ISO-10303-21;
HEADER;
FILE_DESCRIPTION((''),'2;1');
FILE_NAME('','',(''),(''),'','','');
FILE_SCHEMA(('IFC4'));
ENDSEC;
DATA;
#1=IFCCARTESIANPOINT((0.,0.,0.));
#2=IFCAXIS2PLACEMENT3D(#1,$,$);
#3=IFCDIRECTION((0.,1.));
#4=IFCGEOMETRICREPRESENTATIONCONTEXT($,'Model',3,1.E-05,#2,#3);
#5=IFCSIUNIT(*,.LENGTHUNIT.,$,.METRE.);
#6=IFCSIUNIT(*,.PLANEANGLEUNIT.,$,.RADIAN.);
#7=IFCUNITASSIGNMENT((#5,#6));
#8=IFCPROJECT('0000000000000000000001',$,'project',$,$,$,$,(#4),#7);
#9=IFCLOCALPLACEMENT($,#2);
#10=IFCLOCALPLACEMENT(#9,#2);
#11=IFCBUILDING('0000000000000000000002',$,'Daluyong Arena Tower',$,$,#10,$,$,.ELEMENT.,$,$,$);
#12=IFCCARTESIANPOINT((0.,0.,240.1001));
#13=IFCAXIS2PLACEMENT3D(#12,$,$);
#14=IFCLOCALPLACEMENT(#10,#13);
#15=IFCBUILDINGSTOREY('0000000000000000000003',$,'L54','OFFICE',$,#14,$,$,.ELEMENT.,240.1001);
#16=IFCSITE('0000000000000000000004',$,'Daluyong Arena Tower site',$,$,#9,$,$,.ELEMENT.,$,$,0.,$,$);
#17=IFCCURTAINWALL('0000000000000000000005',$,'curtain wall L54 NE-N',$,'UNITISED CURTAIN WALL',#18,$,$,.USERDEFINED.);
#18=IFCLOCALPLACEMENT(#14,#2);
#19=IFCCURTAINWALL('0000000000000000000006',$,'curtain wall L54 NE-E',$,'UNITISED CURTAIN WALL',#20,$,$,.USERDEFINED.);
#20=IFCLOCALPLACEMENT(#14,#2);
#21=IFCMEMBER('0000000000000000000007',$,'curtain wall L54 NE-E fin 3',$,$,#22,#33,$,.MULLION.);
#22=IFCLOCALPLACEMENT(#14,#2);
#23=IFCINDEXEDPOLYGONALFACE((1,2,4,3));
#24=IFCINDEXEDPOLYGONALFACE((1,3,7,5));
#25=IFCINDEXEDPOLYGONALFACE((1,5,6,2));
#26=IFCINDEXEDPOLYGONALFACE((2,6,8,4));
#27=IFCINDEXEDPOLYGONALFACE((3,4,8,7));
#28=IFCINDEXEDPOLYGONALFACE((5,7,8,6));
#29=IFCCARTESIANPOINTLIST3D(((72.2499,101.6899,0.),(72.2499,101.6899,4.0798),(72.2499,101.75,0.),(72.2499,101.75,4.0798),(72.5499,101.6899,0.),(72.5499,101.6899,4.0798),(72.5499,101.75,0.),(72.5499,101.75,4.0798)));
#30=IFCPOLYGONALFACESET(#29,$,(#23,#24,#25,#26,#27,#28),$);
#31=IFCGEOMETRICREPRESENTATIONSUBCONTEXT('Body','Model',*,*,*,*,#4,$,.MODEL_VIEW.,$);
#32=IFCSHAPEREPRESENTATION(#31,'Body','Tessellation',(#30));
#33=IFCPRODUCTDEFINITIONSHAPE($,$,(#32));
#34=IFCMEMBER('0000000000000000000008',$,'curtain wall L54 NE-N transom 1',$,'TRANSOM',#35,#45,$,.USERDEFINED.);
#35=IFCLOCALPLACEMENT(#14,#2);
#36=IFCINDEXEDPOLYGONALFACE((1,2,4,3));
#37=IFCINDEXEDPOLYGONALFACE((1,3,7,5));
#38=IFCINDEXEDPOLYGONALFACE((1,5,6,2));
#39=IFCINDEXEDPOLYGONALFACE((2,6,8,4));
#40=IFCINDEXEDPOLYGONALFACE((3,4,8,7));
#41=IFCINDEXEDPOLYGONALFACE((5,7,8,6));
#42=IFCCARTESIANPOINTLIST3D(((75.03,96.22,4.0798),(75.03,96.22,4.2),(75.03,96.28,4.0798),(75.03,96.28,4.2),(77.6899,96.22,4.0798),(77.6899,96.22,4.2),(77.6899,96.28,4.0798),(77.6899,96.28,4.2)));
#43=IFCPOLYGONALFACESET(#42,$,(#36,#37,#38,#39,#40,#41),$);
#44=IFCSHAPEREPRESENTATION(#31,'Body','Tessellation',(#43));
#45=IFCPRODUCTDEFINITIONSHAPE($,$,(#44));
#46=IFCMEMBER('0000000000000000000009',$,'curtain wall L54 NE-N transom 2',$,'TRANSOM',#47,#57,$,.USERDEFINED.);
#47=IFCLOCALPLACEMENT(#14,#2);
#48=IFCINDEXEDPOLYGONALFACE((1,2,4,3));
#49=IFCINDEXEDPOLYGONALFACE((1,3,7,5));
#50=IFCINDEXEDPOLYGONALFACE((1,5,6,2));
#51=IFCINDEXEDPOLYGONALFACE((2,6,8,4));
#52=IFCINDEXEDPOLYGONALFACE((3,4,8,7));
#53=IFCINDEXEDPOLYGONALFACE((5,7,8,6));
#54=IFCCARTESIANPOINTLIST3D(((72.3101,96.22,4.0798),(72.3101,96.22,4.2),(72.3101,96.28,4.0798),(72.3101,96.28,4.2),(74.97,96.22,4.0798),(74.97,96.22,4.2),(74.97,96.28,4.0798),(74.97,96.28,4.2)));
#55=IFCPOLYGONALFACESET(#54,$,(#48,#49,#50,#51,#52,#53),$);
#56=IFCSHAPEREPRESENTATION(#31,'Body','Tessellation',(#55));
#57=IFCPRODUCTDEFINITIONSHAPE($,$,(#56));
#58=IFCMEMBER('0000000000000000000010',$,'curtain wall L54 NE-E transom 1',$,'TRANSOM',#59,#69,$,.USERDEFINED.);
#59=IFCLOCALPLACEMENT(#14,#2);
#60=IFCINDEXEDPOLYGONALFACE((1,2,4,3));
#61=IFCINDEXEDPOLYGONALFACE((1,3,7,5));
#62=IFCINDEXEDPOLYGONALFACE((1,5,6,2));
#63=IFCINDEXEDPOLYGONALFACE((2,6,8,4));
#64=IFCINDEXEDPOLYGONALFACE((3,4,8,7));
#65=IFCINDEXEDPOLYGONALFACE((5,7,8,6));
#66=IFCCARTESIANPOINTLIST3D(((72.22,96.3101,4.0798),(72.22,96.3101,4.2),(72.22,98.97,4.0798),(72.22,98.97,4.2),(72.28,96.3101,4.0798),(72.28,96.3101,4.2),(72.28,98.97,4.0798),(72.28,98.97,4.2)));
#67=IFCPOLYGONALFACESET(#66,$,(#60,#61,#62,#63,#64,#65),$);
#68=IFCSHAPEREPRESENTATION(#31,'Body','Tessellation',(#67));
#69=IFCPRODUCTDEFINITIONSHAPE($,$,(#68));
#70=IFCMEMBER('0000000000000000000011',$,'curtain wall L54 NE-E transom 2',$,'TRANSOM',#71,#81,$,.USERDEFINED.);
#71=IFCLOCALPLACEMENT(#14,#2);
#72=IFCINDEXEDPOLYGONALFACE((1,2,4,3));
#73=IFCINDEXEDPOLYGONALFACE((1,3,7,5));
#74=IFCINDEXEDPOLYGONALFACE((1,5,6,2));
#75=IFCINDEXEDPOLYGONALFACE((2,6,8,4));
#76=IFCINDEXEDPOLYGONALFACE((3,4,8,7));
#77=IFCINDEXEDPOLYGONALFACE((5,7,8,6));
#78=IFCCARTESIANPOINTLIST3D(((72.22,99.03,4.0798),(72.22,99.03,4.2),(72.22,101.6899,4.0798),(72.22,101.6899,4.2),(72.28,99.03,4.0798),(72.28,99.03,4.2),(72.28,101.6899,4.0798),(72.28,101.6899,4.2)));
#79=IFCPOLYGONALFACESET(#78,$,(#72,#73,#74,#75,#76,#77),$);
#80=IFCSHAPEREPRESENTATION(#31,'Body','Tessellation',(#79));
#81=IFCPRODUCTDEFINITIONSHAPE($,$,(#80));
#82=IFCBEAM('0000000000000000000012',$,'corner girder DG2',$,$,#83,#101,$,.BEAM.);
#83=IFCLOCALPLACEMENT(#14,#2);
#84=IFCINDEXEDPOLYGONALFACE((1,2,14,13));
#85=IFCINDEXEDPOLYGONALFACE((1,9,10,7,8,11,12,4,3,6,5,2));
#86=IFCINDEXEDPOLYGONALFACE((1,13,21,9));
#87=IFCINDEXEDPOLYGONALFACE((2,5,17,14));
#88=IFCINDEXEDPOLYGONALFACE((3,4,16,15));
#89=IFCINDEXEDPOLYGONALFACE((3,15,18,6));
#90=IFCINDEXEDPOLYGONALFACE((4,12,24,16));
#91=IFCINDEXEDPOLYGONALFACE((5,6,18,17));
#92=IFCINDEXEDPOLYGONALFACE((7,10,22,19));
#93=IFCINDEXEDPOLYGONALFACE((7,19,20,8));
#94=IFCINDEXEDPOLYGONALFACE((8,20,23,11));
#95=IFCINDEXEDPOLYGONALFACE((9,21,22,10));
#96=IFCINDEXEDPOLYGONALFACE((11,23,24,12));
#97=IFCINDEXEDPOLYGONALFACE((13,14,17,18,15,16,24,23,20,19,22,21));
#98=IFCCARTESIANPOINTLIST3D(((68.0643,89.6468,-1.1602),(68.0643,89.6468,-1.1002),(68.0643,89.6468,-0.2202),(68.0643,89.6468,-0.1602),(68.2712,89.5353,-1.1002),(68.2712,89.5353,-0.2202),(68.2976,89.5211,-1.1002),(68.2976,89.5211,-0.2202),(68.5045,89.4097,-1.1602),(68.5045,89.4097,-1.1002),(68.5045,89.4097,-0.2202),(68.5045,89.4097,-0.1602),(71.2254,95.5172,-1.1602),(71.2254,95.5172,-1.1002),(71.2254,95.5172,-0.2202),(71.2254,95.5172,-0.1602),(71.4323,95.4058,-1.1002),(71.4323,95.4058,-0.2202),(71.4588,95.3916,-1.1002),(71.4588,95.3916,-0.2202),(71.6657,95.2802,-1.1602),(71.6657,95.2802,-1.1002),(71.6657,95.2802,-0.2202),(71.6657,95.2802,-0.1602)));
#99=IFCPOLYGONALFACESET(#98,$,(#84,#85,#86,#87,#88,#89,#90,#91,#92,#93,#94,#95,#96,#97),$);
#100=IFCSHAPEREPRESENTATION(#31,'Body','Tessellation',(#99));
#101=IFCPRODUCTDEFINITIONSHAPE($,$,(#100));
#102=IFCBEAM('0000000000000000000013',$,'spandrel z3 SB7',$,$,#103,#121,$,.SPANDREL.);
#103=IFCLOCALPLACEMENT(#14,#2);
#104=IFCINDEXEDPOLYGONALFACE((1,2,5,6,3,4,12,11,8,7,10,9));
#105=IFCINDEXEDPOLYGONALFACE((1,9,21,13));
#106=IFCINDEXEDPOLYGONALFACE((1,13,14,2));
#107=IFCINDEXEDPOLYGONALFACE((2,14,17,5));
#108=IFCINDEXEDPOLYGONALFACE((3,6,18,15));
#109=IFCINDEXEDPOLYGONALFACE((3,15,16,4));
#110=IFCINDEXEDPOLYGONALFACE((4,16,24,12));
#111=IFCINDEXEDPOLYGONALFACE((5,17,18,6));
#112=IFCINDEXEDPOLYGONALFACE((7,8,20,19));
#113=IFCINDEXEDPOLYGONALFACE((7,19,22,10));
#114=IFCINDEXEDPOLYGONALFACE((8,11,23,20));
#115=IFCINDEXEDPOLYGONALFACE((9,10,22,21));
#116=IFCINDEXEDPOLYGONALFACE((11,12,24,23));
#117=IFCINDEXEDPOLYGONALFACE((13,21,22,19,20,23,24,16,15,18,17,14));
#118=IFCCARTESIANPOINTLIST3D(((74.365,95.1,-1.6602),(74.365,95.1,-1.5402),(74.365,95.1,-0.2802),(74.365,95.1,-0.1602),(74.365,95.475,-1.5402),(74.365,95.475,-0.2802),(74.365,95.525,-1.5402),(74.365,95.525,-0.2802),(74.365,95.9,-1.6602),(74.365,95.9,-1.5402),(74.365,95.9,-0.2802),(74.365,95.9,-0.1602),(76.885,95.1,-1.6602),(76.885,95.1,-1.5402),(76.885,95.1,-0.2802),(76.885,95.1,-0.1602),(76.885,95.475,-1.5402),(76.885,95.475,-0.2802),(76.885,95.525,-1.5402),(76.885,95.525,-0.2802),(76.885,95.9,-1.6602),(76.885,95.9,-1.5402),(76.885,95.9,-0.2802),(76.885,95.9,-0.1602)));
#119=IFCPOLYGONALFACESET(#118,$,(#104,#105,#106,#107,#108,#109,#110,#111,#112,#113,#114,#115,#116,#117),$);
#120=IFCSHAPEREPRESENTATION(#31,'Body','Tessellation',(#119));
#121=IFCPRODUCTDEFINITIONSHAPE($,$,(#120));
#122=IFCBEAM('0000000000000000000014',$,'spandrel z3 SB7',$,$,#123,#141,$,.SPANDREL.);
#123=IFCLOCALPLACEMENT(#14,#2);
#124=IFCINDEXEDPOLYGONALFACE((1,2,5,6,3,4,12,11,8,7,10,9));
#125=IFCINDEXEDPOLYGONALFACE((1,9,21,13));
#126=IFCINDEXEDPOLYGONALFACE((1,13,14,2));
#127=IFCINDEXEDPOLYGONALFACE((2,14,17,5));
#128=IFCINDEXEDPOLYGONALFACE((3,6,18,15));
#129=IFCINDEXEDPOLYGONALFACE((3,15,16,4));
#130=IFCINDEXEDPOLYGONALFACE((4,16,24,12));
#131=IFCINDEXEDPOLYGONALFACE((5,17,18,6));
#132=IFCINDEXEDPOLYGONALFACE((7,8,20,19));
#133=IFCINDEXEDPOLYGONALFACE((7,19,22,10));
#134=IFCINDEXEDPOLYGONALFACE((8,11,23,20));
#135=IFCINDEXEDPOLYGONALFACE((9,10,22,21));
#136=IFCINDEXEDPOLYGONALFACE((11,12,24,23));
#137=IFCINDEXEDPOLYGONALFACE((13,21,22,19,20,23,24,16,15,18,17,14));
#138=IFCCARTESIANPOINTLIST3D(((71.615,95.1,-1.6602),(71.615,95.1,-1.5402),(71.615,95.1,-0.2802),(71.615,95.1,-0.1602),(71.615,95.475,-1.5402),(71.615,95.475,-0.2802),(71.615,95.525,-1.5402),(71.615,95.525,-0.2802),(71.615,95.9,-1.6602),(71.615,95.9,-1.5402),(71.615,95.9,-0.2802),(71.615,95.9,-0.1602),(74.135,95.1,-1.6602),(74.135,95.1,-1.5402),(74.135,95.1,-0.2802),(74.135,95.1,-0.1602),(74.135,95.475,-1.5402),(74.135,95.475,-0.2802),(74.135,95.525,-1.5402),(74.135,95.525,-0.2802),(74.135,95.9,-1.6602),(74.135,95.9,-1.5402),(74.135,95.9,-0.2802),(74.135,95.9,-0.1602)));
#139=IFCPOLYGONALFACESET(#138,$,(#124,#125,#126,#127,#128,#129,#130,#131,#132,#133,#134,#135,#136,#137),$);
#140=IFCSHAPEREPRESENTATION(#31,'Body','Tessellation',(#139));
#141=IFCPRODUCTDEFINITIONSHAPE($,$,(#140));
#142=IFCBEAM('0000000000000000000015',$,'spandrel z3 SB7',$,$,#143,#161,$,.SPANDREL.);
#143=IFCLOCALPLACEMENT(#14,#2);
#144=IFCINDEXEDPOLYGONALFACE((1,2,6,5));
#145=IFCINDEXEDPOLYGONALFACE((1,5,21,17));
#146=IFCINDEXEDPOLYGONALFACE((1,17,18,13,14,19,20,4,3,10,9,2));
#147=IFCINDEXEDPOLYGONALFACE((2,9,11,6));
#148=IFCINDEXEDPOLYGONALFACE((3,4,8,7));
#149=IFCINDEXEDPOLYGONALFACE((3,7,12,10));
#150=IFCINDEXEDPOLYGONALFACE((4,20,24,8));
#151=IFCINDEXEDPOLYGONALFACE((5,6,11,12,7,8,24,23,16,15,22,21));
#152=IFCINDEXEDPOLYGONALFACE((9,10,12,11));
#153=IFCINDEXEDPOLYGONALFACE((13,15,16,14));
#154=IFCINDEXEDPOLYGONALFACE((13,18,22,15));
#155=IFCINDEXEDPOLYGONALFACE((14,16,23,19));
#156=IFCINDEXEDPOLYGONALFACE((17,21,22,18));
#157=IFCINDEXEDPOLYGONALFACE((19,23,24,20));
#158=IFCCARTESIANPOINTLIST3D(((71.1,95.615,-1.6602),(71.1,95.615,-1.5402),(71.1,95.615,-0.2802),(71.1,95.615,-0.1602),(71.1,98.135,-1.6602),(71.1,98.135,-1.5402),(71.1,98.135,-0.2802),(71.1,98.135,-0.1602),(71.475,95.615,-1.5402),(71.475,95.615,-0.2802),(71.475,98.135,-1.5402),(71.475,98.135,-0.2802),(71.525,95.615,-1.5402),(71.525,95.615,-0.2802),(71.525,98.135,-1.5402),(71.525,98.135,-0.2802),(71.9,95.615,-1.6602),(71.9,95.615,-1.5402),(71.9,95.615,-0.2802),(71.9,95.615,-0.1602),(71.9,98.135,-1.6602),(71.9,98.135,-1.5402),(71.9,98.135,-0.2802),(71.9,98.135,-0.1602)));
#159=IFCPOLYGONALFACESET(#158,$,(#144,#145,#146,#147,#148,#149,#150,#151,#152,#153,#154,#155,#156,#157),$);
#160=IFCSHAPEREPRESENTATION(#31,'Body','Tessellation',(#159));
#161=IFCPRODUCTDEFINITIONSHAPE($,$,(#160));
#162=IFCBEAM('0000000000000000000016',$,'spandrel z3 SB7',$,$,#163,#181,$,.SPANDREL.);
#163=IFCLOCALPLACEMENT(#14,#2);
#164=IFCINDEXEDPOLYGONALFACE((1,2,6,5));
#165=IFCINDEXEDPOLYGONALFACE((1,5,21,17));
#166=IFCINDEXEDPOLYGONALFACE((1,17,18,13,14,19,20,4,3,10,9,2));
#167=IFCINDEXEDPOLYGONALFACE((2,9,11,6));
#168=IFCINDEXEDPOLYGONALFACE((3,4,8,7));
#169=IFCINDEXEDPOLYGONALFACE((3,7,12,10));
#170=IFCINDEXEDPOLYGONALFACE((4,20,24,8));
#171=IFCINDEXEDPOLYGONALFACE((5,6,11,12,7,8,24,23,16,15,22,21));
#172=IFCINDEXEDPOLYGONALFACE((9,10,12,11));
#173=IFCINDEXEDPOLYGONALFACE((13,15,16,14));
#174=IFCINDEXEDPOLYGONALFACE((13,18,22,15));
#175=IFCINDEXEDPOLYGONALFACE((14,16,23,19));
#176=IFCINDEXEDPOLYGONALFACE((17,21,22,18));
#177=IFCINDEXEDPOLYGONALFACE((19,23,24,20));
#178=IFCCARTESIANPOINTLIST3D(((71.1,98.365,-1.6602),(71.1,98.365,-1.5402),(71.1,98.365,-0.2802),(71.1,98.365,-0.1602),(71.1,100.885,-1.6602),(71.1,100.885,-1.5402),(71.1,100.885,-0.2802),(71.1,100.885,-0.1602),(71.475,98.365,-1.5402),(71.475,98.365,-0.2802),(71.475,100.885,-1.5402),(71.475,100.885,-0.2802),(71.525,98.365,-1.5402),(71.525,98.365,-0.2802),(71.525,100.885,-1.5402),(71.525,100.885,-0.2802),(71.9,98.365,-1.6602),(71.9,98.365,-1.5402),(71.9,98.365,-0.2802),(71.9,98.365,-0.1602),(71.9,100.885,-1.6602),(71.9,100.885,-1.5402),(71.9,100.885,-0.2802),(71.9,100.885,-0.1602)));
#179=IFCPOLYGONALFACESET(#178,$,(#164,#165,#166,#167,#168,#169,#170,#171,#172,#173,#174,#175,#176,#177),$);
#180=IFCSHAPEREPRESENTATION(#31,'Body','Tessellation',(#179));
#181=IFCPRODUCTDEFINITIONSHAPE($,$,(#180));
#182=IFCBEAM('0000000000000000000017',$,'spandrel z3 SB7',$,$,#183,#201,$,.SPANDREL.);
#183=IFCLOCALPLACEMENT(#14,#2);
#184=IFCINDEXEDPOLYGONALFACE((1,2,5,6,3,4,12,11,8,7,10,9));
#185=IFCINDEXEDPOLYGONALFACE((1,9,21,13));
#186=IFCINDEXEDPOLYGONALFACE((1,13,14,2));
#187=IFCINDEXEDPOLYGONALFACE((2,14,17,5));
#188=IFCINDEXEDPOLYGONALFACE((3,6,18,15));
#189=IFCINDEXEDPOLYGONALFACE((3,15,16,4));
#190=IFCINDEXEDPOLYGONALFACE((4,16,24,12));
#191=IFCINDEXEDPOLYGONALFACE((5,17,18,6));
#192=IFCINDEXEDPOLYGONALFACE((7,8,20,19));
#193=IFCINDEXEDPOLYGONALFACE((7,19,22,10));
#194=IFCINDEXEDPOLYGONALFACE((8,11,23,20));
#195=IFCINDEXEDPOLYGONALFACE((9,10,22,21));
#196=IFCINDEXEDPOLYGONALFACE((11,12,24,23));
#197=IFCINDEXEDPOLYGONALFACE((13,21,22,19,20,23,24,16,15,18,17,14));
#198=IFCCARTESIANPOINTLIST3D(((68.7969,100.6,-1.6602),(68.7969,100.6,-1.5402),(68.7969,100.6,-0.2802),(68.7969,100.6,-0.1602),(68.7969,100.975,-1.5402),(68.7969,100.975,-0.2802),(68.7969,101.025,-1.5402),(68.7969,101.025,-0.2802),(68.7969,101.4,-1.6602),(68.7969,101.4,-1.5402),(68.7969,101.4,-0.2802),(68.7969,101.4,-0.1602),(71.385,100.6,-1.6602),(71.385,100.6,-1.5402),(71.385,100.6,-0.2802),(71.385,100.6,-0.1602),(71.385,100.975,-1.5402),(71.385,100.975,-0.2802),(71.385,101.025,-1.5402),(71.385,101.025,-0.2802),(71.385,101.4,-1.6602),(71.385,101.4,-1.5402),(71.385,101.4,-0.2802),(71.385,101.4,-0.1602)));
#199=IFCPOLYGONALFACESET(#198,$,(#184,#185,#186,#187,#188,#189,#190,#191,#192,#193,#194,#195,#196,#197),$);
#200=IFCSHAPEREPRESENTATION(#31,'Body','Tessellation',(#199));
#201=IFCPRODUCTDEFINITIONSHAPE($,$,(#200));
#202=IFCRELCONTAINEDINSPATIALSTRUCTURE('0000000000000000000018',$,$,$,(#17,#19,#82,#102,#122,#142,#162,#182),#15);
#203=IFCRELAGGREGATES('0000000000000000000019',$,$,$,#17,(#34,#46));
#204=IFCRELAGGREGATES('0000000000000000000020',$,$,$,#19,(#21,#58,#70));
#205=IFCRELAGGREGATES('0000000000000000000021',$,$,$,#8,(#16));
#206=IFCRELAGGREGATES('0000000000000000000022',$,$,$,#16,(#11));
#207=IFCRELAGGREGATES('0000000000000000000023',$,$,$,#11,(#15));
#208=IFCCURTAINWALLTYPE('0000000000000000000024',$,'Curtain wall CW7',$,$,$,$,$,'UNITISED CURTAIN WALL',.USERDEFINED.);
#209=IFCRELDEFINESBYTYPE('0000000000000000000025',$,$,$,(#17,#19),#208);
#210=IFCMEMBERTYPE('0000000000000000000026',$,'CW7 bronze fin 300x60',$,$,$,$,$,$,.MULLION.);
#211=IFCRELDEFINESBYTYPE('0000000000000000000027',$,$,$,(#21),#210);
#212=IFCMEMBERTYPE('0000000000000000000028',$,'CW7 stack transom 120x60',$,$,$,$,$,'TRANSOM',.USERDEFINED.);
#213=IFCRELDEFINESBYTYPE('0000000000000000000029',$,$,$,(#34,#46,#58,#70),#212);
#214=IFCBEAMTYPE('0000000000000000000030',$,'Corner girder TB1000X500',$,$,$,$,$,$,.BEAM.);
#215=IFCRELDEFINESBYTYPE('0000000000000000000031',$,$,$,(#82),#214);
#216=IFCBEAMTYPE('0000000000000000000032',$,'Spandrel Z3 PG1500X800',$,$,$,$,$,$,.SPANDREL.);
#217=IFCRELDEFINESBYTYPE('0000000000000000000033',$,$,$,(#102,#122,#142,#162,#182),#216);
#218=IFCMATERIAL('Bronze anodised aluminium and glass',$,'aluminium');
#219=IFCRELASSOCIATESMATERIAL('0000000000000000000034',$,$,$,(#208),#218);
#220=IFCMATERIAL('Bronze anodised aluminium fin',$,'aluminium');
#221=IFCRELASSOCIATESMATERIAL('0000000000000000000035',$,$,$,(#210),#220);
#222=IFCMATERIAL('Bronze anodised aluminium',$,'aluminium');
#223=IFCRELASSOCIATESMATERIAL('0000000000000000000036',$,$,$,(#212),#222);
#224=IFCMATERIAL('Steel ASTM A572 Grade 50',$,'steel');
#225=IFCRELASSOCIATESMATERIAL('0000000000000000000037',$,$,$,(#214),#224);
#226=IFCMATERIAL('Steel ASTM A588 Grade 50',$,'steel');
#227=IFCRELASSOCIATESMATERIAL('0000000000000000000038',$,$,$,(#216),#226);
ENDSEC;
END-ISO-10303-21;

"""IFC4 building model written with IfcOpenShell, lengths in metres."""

from ifc_helpers import new_model, si_unit, direction, frame, origin, origin_2d, place, context, subcontext, project, spatial, rectangle, i_section, extrude, material, material_profile, profile_set, type_object, element, aggregate, save


model = new_model("IFC4")

# Units and contexts
model_context = context("Model", 3, precision=1e-05, world=origin(), true_north=direction((0.0, 1.0)))
body_context = subcontext(model_context, "Body", "Model", "MODEL_VIEW")
ifc_project = project(units=[si_unit("LENGTHUNIT", "METRE"), si_unit("PLANEANGLEUNIT", "RADIAN")], contexts=[model_context])

# Site, building, storey
site_placement = place(None, origin())
site = spatial("IfcSite", under=ifc_project, at=site_placement, Name="Daluyong Arena Tower site", CompositionType="ELEMENT", RefElevation=0.0)
building_placement = place(site_placement, origin())
building = spatial("IfcBuilding", under=site, at=building_placement, Name="Daluyong Arena Tower", CompositionType="ELEMENT")
storey_placement = place(building_placement, frame((0.0, 0.0, 240.1001)))
storey = spatial("IfcBuildingStorey", under=building, at=storey_placement, Name="L54", Description="OFFICE", CompositionType="ELEMENT", Elevation=240.1001)

# Curtain walls, member
ifc_material_1 = material(Name="Bronze anodised aluminium and glass", Category="aluminium")
curtain_wall_type_1 = type_object("IfcCurtainWallType", Name="Curtain wall CW7", ElementType="UNITISED CURTAIN WALL", PredefinedType="USERDEFINED", material=ifc_material_1)
curtain_wall_1_placement = place(storey_placement, origin())
curtain_wall_1 = element("IfcCurtainWall", 1, at=curtain_wall_1_placement, inside=storey, type_object=curtain_wall_type_1, Name="curtain wall L54 NE-N", ObjectType="UNITISED CURTAIN WALL", PredefinedType="USERDEFINED")
ifc_material_2 = material(Name="Bronze anodised aluminium fin", Category="aluminium")
ifc_material_profile_1 = material_profile(ifc_material_2, rectangle(XDim=0.3, YDim=0.0601, at=origin_2d()))
ifc_profile_set_1 = profile_set([ifc_material_profile_1], Name="Bronze anodised aluminium fin")
member_type_1 = type_object("IfcMemberType", Name="CW7 bronze fin 300x60", PredefinedType="MULLION", material=ifc_profile_set_1)
curtain_wall_2_placement = place(storey_placement, origin())
curtain_wall_2 = element("IfcCurtainWall", 2, at=curtain_wall_2_placement, inside=storey, type_object=curtain_wall_type_1, Name="curtain wall L54 NE-E", ObjectType="UNITISED CURTAIN WALL", PredefinedType="USERDEFINED")
member_1_placement = place(storey_placement, frame((72.3999, 101.72, 0.0), z_axis=(0.0, 0.0, 1.0), x_axis=(-1.0, 0.0, 0.0)))
member_1 = element("IfcMember", 3, at=member_1_placement, type_object=member_type_1, Name="curtain wall L54 NE-E fin 3", PredefinedType="MULLION", context=body_context, shape_type="SweptSolid", body=[
    extrude(rectangle(XDim=0.3, YDim=0.0601, at=origin_2d()), origin(), (0.0, 0.0, 1.0), 4.0798),
])

# Members
ifc_material_3 = material(Name="Bronze anodised aluminium", Category="aluminium")
ifc_material_profile_2 = material_profile(ifc_material_3, rectangle(XDim=0.0601, YDim=0.1201, at=origin_2d()))
ifc_profile_set_2 = profile_set([ifc_material_profile_2], Name="Bronze anodised aluminium")
member_type_2 = type_object("IfcMemberType", Name="CW7 stack transom 120x60", ElementType="TRANSOM", PredefinedType="USERDEFINED", material=ifc_profile_set_2)
member_2_placement = place(storey_placement, frame((77.6899, 96.25, 4.1399), z_axis=(-1.0, 0.0, 0.0), x_axis=(0.0, -1.0, 0.0)))
member_2 = element("IfcMember", 4, at=member_2_placement, type_object=member_type_2, Name="curtain wall L54 NE-N transom 1", ObjectType="TRANSOM", PredefinedType="USERDEFINED", context=body_context, shape_type="SweptSolid", body=[
    extrude(rectangle(XDim=0.0601, YDim=0.1201, at=origin_2d()), origin(), (0.0, 0.0, 1.0), 2.6599),
])
member_3_placement = place(storey_placement, frame((74.97, 96.25, 4.1399), z_axis=(-1.0, 0.0, 0.0), x_axis=(0.0, -1.0, 0.0)))
member_3 = element("IfcMember", 5, at=member_3_placement, type_object=member_type_2, Name="curtain wall L54 NE-N transom 2", ObjectType="TRANSOM", PredefinedType="USERDEFINED", context=body_context, shape_type="SweptSolid", body=[
    extrude(rectangle(XDim=0.0601, YDim=0.1201, at=origin_2d()), origin(), (0.0, 0.0, 1.0), 2.6599),
])
member_4_placement = place(storey_placement, frame((72.25, 96.3101, 4.1399), z_axis=(0.0, 1.0, 0.0), x_axis=(-1.0, 0.0, 0.0)))
member_4 = element("IfcMember", 6, at=member_4_placement, type_object=member_type_2, Name="curtain wall L54 NE-E transom 1", ObjectType="TRANSOM", PredefinedType="USERDEFINED", context=body_context, shape_type="SweptSolid", body=[
    extrude(rectangle(XDim=0.0601, YDim=0.1201, at=origin_2d()), origin(), (0.0, 0.0, 1.0), 2.6599),
])
member_5_placement = place(storey_placement, frame((72.25, 99.03, 4.1399), z_axis=(0.0, 1.0, 0.0), x_axis=(-1.0, 0.0, 0.0)))
member_5 = element("IfcMember", 7, at=member_5_placement, type_object=member_type_2, Name="curtain wall L54 NE-E transom 2", ObjectType="TRANSOM", PredefinedType="USERDEFINED", context=body_context, shape_type="SweptSolid", body=[
    extrude(rectangle(XDim=0.0601, YDim=0.1201, at=origin_2d()), origin(), (0.0, 0.0, 1.0), 2.6599),
])

# Beams
ifc_material_4 = material(Name="Steel ASTM A572 Grade 50", Category="steel")
ifc_material_profile_3 = material_profile(ifc_material_4, i_section(OverallWidth=0.5, OverallDepth=1.0, WebThickness=0.03, FlangeThickness=0.06, at=origin_2d()))
ifc_profile_set_3 = profile_set([ifc_material_profile_3], Name="Steel ASTM A572 Grade 50")
beam_type_1 = type_object("IfcBeamType", Name="Corner girder TB1000X500", PredefinedType="BEAM", material=ifc_profile_set_3)
beam_1_placement = place(storey_placement, frame((71.4456, 95.3987, -0.6602), z_axis=(-0.474119, -0.880461, 0.0), x_axis=(0.880461, -0.474119, 0.0)))
element("IfcBeam", 8, at=beam_1_placement, inside=storey, type_object=beam_type_1, Name="corner girder DG2", PredefinedType="BEAM", context=body_context, shape_type="SweptSolid", body=[
    extrude(i_section(OverallWidth=0.5, OverallDepth=1.0, WebThickness=0.03, FlangeThickness=0.06, at=origin_2d()), origin(), (0.0, 0.0, 1.0), 6.6675),
])
ifc_material_5 = material(Name="Steel ASTM A588 Grade 50", Category="steel")
ifc_material_profile_4 = material_profile(ifc_material_5, i_section(OverallWidth=0.8, OverallDepth=1.5, WebThickness=0.05, FlangeThickness=0.12, at=origin_2d()))
ifc_profile_set_4 = profile_set([ifc_material_profile_4], Name="Steel ASTM A588 Grade 50")
beam_type_2 = type_object("IfcBeamType", Name="Spandrel Z3 PG1500X800", PredefinedType="SPANDREL", material=ifc_profile_set_4)
for number, where, z_axis, x_axis, name in (
    (9, (76.885, 95.5, -0.9102), (-1.0, 0.0, 0.0), (0.0, -1.0, 0.0), "spandrel z3 SB7"),
    (10, (74.135, 95.5, -0.9102), (-1.0, 0.0, 0.0), (0.0, -1.0, 0.0), "spandrel z3 SB7"),
    (11, (71.5, 95.615, -0.9102), (0.0, 1.0, 0.0), (-1.0, 0.0, 0.0), "spandrel z3 SB7"),
    (12, (71.5, 98.365, -0.9102), (0.0, 1.0, 0.0), (-1.0, 0.0, 0.0), "spandrel z3 SB7"),
):
    element("IfcBeam", number, at=place(storey_placement, frame(where, z_axis=z_axis, x_axis=x_axis)), inside=storey, type_object=beam_type_2, Name=name, PredefinedType="SPANDREL", context=body_context, shape_type="SweptSolid", body=[
        extrude(i_section(OverallWidth=0.8, OverallDepth=1.5, WebThickness=0.05, FlangeThickness=0.12, at=origin_2d()), origin(), (0.0, 0.0, 1.0), 2.52),
    ])
beam_2_placement = place(storey_placement, frame((71.385, 101.0, -0.9102), z_axis=(-1.0, 0.0, 0.0), x_axis=(0.0, -1.0, 0.0)))
element("IfcBeam", 13, at=beam_2_placement, inside=storey, type_object=beam_type_2, Name="spandrel z3 SB7", PredefinedType="SPANDREL", context=body_context, shape_type="SweptSolid", body=[
    extrude(i_section(OverallWidth=0.8, OverallDepth=1.5, WebThickness=0.05, FlangeThickness=0.12, at=origin_2d()), origin(), (0.0, 0.0, 1.0), 2.5881),
])

aggregate(curtain_wall_1, [member_2, member_3])
aggregate(curtain_wall_2, [member_1, member_4, member_5])

save(model, "model.ifc")
